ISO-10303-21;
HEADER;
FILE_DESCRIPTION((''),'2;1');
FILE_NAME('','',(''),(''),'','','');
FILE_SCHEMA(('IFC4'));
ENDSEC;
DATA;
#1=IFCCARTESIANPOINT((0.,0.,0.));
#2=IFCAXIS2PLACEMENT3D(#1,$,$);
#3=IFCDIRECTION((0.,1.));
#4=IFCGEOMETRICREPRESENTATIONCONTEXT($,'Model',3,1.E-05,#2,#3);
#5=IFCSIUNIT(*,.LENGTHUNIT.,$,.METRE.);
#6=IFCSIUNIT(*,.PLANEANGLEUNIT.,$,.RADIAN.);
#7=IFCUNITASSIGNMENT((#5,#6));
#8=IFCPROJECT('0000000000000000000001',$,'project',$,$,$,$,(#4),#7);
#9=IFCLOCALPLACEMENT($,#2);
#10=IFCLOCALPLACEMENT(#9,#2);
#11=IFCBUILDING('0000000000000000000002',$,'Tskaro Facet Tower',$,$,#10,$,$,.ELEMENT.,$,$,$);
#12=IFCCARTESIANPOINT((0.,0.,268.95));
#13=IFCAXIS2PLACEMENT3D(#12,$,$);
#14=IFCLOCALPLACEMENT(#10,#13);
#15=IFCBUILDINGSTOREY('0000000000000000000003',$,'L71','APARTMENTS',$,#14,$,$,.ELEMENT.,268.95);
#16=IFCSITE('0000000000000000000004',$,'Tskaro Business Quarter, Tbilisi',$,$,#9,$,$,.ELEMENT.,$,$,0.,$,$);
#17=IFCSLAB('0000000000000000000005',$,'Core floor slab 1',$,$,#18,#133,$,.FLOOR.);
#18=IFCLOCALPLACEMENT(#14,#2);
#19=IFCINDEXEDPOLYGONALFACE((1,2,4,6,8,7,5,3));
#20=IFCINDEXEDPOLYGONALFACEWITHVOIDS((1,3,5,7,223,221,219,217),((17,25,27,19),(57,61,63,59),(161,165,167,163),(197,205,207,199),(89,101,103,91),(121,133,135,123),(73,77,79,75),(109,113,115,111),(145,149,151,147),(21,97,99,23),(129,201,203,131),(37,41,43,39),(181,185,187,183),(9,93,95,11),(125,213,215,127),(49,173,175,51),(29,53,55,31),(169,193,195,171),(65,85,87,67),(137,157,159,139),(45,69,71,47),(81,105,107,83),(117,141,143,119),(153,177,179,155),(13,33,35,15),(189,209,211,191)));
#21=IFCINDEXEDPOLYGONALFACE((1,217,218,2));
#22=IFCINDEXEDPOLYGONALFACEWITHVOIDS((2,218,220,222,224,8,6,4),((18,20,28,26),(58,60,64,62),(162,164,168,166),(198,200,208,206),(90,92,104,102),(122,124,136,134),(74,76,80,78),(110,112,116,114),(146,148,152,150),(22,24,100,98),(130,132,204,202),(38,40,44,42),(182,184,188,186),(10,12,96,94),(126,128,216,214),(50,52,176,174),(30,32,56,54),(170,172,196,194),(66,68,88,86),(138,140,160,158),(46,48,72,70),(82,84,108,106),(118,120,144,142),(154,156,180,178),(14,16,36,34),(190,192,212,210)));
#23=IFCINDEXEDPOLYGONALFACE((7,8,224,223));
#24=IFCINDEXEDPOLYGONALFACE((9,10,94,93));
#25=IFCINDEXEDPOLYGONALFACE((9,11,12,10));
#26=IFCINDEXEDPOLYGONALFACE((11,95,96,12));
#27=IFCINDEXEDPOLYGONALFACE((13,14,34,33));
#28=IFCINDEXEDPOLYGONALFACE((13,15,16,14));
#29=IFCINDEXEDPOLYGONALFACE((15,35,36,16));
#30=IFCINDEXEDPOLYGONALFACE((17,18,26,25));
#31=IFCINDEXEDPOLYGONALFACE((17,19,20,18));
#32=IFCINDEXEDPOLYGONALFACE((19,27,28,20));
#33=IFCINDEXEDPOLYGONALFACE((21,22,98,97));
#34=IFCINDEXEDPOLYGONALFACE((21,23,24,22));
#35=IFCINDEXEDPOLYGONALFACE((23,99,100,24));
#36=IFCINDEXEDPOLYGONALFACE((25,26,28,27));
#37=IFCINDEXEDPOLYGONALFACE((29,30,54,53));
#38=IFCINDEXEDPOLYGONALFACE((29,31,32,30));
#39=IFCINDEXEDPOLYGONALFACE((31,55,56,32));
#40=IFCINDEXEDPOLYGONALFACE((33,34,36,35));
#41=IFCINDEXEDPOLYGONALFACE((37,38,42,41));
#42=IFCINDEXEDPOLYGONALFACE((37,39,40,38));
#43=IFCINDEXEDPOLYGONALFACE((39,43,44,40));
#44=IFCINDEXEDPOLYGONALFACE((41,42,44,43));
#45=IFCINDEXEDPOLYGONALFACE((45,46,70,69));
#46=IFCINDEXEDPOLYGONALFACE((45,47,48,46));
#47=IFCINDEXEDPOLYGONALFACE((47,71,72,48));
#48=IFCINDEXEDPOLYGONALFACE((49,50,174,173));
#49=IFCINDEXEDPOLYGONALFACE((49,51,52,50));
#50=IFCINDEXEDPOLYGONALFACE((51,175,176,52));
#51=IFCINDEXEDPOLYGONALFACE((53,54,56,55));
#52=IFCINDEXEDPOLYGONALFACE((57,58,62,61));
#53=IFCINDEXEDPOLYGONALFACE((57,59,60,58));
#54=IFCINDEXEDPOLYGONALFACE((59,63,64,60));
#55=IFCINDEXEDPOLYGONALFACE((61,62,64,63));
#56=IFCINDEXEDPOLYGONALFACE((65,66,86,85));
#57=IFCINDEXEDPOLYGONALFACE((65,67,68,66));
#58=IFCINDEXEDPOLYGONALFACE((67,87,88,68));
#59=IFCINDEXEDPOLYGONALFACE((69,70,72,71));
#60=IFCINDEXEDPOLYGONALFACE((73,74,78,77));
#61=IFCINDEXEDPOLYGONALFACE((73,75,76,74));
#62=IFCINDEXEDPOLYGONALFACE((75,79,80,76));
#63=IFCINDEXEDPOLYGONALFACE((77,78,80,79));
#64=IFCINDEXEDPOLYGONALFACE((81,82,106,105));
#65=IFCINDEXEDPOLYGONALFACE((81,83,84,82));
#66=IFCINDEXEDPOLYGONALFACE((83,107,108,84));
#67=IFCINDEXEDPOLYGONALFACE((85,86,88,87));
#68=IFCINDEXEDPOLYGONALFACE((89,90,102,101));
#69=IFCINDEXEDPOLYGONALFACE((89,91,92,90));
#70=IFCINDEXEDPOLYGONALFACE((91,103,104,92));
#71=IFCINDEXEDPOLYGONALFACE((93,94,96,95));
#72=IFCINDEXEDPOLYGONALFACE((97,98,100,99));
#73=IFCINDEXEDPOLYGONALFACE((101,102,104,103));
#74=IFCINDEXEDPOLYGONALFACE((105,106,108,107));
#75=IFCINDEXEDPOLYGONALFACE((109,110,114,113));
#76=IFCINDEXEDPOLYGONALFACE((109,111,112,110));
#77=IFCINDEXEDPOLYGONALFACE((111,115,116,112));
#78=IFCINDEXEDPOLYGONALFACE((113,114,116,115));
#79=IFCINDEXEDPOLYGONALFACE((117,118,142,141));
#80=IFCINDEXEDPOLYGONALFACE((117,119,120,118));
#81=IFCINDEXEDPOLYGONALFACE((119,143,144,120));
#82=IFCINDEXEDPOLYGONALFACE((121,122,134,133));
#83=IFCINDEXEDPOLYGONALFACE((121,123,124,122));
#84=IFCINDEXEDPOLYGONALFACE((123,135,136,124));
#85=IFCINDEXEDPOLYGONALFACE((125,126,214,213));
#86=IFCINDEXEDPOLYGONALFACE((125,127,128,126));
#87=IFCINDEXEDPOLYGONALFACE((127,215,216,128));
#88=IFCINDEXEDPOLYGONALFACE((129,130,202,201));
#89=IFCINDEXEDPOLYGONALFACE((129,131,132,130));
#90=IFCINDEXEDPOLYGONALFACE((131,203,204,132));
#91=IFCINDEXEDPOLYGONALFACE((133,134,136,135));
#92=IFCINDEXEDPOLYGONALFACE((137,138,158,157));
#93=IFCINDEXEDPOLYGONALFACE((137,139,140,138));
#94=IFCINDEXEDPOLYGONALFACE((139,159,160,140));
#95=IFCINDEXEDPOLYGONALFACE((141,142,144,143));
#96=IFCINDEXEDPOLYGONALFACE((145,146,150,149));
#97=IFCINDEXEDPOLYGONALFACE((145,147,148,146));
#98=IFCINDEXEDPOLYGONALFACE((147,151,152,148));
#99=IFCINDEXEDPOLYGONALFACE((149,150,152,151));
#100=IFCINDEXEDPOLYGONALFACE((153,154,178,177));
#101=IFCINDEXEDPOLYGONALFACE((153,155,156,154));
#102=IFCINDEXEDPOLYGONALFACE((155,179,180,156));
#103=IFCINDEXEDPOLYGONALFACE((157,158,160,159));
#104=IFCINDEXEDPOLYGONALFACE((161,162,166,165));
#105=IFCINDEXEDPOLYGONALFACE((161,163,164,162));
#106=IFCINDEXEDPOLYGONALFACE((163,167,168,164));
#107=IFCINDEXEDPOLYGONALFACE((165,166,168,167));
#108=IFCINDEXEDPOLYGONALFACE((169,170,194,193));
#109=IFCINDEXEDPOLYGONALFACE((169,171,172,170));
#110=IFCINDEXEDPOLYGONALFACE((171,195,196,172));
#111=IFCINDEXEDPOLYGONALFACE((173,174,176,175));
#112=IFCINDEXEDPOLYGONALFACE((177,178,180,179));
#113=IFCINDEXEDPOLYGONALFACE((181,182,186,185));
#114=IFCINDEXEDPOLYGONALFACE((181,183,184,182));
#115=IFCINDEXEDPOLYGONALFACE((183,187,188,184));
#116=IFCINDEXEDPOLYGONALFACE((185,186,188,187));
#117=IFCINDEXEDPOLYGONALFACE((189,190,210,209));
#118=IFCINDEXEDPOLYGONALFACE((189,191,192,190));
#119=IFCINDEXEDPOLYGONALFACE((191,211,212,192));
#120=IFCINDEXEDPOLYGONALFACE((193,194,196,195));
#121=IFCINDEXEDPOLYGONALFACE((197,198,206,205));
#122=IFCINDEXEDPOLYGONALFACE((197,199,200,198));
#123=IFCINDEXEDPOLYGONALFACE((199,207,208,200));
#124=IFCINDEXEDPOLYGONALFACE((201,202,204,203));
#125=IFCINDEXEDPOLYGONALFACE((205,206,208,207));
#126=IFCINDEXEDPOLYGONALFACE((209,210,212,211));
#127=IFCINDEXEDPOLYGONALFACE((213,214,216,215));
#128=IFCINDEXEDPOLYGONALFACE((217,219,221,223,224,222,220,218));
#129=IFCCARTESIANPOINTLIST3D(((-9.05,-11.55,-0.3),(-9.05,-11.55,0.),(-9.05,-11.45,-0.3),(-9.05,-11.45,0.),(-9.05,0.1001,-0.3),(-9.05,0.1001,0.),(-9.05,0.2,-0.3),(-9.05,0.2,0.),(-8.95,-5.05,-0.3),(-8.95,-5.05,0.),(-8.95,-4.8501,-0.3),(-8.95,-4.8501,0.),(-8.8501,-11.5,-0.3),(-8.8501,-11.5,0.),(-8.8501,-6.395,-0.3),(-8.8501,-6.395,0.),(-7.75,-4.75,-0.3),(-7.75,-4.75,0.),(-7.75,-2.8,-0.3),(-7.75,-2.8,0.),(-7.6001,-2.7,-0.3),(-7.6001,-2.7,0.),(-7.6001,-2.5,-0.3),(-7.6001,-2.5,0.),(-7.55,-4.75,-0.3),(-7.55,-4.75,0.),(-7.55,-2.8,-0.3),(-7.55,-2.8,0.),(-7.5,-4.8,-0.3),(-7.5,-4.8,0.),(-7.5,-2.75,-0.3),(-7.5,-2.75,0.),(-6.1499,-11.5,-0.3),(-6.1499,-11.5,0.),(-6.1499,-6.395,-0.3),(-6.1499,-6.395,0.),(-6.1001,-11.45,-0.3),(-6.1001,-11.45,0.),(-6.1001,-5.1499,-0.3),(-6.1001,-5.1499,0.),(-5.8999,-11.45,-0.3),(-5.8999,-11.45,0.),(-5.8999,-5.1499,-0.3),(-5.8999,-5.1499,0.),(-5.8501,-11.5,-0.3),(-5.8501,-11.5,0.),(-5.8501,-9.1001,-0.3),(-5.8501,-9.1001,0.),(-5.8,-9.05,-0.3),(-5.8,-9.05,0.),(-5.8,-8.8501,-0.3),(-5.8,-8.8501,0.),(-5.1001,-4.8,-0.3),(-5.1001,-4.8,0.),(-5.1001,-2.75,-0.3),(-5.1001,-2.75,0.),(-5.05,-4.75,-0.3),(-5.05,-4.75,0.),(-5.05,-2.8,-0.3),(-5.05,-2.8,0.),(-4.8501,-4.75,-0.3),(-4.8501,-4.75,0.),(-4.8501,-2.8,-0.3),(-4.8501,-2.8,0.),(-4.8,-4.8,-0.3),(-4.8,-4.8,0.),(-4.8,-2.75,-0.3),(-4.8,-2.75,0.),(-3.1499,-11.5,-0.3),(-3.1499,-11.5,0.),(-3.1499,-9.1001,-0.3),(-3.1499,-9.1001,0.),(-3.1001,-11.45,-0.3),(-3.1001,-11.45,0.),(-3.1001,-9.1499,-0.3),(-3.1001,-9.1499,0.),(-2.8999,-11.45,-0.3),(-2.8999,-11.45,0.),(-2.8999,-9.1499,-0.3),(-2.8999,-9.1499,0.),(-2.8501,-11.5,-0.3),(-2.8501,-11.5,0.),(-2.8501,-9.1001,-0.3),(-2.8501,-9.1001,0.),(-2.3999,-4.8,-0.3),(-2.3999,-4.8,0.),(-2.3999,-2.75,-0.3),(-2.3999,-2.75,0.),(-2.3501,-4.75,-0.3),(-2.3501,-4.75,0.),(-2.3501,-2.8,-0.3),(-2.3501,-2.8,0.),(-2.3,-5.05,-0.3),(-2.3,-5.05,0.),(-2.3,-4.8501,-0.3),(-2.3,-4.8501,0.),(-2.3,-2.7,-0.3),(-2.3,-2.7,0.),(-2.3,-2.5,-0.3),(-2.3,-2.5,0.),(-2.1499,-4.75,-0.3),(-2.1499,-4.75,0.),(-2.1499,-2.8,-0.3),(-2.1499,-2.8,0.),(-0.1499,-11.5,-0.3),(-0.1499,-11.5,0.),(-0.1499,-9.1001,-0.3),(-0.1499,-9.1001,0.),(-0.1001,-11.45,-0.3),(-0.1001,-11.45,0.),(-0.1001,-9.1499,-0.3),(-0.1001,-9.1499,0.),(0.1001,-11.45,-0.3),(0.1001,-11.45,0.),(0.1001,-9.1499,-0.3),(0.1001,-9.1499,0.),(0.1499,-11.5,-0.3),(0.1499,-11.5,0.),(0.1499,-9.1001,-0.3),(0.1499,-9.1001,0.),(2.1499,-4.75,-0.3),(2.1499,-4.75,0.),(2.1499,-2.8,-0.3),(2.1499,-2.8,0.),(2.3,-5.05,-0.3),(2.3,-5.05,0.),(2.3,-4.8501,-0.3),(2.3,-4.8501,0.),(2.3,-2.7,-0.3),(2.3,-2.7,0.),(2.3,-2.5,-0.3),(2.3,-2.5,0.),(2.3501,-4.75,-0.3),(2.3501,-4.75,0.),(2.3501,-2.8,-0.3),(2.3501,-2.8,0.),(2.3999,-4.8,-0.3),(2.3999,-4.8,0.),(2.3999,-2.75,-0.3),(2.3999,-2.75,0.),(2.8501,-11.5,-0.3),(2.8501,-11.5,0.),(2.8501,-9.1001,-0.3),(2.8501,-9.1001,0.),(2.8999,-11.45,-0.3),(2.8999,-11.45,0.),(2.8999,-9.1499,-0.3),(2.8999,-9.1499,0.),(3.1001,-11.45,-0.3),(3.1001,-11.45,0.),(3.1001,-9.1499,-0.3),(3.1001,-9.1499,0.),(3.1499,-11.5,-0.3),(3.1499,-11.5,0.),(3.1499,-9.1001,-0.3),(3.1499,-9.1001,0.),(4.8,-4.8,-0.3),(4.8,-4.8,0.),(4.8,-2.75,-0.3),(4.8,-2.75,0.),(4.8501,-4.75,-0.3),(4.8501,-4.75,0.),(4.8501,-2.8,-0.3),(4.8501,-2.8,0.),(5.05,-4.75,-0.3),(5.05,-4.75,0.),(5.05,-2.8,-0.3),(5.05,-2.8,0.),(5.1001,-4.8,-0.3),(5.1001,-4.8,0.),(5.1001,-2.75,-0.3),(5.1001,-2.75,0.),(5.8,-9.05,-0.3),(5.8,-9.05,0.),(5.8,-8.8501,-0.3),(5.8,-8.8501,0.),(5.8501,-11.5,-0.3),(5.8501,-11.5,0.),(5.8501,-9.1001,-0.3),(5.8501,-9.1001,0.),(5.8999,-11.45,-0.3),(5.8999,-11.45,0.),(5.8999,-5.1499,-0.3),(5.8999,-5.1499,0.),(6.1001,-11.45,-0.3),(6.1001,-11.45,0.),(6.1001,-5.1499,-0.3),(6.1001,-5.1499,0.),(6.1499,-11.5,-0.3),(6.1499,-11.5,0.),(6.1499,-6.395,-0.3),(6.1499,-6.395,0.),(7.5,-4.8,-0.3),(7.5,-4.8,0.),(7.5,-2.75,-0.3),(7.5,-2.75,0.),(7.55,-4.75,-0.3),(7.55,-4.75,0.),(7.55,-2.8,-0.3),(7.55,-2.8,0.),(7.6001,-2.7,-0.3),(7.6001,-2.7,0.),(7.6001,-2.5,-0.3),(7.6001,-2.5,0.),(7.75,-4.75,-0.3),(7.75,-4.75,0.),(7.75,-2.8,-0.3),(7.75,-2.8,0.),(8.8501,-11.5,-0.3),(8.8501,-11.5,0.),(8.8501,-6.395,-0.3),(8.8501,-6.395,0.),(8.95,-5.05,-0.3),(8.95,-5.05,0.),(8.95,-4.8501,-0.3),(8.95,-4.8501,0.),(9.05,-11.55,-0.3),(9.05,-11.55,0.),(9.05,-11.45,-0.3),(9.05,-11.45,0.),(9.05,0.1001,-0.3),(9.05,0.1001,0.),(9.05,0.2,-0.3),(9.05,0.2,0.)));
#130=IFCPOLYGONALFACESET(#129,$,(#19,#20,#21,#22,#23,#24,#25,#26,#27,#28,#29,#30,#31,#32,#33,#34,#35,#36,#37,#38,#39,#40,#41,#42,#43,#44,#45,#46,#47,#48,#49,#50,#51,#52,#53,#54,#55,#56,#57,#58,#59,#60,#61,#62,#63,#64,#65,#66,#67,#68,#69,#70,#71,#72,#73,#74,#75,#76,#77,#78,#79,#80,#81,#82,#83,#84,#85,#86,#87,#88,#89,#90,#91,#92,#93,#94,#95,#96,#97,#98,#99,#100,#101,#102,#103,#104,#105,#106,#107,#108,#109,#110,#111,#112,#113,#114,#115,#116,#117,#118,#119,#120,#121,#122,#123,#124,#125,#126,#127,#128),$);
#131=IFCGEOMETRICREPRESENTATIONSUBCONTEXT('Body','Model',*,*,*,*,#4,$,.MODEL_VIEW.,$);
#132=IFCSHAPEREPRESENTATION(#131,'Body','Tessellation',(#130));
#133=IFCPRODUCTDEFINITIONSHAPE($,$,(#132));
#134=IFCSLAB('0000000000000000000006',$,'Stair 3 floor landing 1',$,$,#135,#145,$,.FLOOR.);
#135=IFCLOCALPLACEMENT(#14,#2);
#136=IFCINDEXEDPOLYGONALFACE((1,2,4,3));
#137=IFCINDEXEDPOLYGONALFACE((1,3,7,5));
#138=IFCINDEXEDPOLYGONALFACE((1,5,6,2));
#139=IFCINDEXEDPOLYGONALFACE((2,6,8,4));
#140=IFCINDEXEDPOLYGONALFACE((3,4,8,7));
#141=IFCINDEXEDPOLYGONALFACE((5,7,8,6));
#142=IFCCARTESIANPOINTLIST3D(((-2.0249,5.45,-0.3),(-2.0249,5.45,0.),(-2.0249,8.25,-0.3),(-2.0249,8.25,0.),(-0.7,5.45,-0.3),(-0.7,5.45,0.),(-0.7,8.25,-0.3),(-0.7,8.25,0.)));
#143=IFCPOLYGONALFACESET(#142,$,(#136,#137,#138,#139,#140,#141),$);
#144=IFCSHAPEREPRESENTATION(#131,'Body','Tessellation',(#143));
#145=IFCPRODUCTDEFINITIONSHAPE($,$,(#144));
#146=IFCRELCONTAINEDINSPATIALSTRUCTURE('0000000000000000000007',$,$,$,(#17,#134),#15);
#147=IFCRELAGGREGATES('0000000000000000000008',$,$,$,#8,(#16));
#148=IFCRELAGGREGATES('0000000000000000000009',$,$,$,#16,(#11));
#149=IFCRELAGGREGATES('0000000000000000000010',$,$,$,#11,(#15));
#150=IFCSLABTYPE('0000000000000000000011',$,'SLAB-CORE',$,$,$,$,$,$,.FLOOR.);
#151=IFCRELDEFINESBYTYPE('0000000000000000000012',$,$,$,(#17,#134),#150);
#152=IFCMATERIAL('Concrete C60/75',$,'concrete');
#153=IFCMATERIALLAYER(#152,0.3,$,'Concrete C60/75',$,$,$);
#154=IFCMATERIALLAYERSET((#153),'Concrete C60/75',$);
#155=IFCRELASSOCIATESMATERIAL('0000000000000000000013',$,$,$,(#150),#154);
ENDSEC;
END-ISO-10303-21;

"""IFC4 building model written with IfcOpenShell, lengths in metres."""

from ifc_helpers import new_model, si_unit, direction, frame, origin, place, context, subcontext, project, spatial, polyline, outline, extrude, material, layer, layer_set, type_object, element, save


model = new_model("IFC4")

# Units and contexts
model_context = context("Model", 3, precision=1e-05, world=origin(), true_north=direction((0.0, 1.0)))
body_context = subcontext(model_context, "Body", "Model", "MODEL_VIEW")
ifc_project = project(units=[si_unit("LENGTHUNIT", "METRE"), si_unit("PLANEANGLEUNIT", "RADIAN")], contexts=[model_context])

# Site, building, storey
site_placement = place(None, origin())
site = spatial("IfcSite", under=ifc_project, at=site_placement, Name="Tskaro Business Quarter, Tbilisi", CompositionType="ELEMENT", RefElevation=0.0)
building_placement = place(site_placement, origin())
building = spatial("IfcBuilding", under=site, at=building_placement, Name="Tskaro Facet Tower", CompositionType="ELEMENT")
storey_placement = place(building_placement, frame((0.0, 0.0, 268.95)))
storey = spatial("IfcBuildingStorey", under=building, at=storey_placement, Name="L71", Description="APARTMENTS", CompositionType="ELEMENT", Elevation=268.95)

# Slabs
ifc_material_1 = material(Name="Concrete C60/75", Category="concrete")
ifc_layer_1 = layer(ifc_material_1, 0.3, Name="Concrete C60/75")
ifc_layer_set_1 = layer_set([ifc_layer_1], Name="Concrete C60/75")
slab_type_1 = type_object("IfcSlabType", Name="SLAB-CORE", PredefinedType="FLOOR", material=ifc_layer_set_1)
slab_1_placement = place(storey_placement, frame((0.0, 0.0, -0.3)))
element("IfcSlab", 1, at=slab_1_placement, inside=storey, type_object=slab_type_1, Name="Core floor slab 1", PredefinedType="FLOOR", context=body_context, shape_type="SweptSolid", body=[
    extrude(outline(polyline([(-9.05, 0.2), (9.05, 0.2), (9.05, 0.1001), (9.05, -11.45), (9.05, -11.55), (-9.05, -11.55), (-9.05, -11.45), (-9.05, 0.1001), (-9.05, 0.2)]), holes=[polyline([(-5.8501, -9.1001), (-5.8501, -11.5), (-3.1499, -11.5), (-3.1499, -9.1001), (-5.8501, -9.1001)]), polyline([(-3.1001, -11.45), (-2.8999, -11.45), (-2.8999, -9.1499), (-3.1001, -9.1499), (-3.1001, -11.45)]), polyline([(-2.8501, -9.1001), (-2.8501, -11.5), (-0.1499, -11.5), (-0.1499, -9.1001), (-2.8501, -9.1001)]), polyline([(-6.1001, -11.45), (-5.8999, -11.45), (-5.8999, -5.1499), (-6.1001, -5.1499), (-6.1001, -11.45)]), polyline([(-8.95, -5.05), (-2.3, -5.05), (-2.3, -4.8501), (-8.95, -4.8501), (-8.95, -5.05)]), polyline([(-7.75, -4.75), (-7.55, -4.75), (-7.55, -2.8), (-7.75, -2.8), (-7.75, -4.75)]), polyline([(-5.1001, -4.8), (-5.1001, -2.75), (-7.5, -2.75), (-7.5, -4.8), (-5.1001, -4.8)]), polyline([(-5.05, -4.75), (-4.8501, -4.75), (-4.8501, -2.8), (-5.05, -2.8), (-5.05, -4.75)]), polyline([(-4.8, -4.8), (-2.3999, -4.8), (-2.3999, -2.75), (-4.8, -2.75), (-4.8, -4.8)]), polyline([(-2.3501, -4.75), (-2.1499, -4.75), (-2.1499, -2.8), (-2.3501, -2.8), (-2.3501, -4.75)]), polyline([(-7.6001, -2.7), (-2.3, -2.7), (-2.3, -2.5), (-7.6001, -2.5), (-7.6001, -2.7)]), polyline([(-0.1001, -11.45), (0.1001, -11.45), (0.1001, -9.1499), (-0.1001, -9.1499), (-0.1001, -11.45)]), polyline([(0.1499, -9.1001), (0.1499, -11.5), (2.8501, -11.5), (2.8501, -9.1001), (0.1499, -9.1001)]), polyline([(2.8999, -11.45), (3.1001, -11.45), (3.1001, -9.1499), (2.8999, -9.1499), (2.8999, -11.45)]), polyline([(3.1499, -9.1001), (3.1499, -11.5), (5.8501, -11.5), (5.8501, -9.1001), (3.1499, -9.1001)]), polyline([(-5.8, -9.05), (5.8, -9.05), (5.8, -8.8501), (-5.8, -8.8501), (-5.8, -9.05)]), polyline([(5.8999, -11.45), (6.1001, -11.45), (6.1001, -5.1499), (5.8999, -5.1499), (5.8999, -11.45)]), polyline([(2.3, -5.05), (8.95, -5.05), (8.95, -4.8501), (2.3, -4.8501), (2.3, -5.05)]), polyline([(2.1499, -4.75), (2.3501, -4.75), (2.3501, -2.8), (2.1499, -2.8), (2.1499, -4.75)]), polyline([(2.3999, -2.75), (2.3999, -4.8), (4.8, -4.8), (4.8, -2.75), (2.3999, -2.75)]), polyline([(4.8501, -4.75), (5.05, -4.75), (5.05, -2.8), (4.8501, -2.8), (4.8501, -4.75)]), polyline([(5.1001, -2.75), (5.1001, -4.8), (7.5, -4.8), (7.5, -2.75), (5.1001, -2.75)]), polyline([(7.55, -4.75), (7.75, -4.75), (7.75, -2.8), (7.55, -2.8), (7.55, -4.75)]), polyline([(2.3, -2.7), (7.6001, -2.7), (7.6001, -2.5), (2.3, -2.5), (2.3, -2.7)]), polyline([(-8.8501, -11.5), (-6.1499, -11.5), (-6.1499, -6.395), (-8.8501, -6.395), (-8.8501, -11.5)]), polyline([(6.1499, -6.395), (6.1499, -11.5), (8.8501, -11.5), (8.8501, -6.395), (6.1499, -6.395)])]), origin(), (0.0, 0.0, 1.0), 0.3),
])
slab_2_placement = place(storey_placement, frame((0.0, 0.0, -0.3)))
element("IfcSlab", 2, at=slab_2_placement, inside=storey, type_object=slab_type_1, Name="Stair 3 floor landing 1", PredefinedType="FLOOR", context=body_context, shape_type="SweptSolid", body=[
    extrude(outline(polyline([(-2.0249, 5.45), (-0.7, 5.45), (-0.7, 8.25), (-2.0249, 8.25), (-2.0249, 5.45)])), origin(), (0.0, 0.0, 1.0), 0.3),
])

save(model, "model.ifc")
